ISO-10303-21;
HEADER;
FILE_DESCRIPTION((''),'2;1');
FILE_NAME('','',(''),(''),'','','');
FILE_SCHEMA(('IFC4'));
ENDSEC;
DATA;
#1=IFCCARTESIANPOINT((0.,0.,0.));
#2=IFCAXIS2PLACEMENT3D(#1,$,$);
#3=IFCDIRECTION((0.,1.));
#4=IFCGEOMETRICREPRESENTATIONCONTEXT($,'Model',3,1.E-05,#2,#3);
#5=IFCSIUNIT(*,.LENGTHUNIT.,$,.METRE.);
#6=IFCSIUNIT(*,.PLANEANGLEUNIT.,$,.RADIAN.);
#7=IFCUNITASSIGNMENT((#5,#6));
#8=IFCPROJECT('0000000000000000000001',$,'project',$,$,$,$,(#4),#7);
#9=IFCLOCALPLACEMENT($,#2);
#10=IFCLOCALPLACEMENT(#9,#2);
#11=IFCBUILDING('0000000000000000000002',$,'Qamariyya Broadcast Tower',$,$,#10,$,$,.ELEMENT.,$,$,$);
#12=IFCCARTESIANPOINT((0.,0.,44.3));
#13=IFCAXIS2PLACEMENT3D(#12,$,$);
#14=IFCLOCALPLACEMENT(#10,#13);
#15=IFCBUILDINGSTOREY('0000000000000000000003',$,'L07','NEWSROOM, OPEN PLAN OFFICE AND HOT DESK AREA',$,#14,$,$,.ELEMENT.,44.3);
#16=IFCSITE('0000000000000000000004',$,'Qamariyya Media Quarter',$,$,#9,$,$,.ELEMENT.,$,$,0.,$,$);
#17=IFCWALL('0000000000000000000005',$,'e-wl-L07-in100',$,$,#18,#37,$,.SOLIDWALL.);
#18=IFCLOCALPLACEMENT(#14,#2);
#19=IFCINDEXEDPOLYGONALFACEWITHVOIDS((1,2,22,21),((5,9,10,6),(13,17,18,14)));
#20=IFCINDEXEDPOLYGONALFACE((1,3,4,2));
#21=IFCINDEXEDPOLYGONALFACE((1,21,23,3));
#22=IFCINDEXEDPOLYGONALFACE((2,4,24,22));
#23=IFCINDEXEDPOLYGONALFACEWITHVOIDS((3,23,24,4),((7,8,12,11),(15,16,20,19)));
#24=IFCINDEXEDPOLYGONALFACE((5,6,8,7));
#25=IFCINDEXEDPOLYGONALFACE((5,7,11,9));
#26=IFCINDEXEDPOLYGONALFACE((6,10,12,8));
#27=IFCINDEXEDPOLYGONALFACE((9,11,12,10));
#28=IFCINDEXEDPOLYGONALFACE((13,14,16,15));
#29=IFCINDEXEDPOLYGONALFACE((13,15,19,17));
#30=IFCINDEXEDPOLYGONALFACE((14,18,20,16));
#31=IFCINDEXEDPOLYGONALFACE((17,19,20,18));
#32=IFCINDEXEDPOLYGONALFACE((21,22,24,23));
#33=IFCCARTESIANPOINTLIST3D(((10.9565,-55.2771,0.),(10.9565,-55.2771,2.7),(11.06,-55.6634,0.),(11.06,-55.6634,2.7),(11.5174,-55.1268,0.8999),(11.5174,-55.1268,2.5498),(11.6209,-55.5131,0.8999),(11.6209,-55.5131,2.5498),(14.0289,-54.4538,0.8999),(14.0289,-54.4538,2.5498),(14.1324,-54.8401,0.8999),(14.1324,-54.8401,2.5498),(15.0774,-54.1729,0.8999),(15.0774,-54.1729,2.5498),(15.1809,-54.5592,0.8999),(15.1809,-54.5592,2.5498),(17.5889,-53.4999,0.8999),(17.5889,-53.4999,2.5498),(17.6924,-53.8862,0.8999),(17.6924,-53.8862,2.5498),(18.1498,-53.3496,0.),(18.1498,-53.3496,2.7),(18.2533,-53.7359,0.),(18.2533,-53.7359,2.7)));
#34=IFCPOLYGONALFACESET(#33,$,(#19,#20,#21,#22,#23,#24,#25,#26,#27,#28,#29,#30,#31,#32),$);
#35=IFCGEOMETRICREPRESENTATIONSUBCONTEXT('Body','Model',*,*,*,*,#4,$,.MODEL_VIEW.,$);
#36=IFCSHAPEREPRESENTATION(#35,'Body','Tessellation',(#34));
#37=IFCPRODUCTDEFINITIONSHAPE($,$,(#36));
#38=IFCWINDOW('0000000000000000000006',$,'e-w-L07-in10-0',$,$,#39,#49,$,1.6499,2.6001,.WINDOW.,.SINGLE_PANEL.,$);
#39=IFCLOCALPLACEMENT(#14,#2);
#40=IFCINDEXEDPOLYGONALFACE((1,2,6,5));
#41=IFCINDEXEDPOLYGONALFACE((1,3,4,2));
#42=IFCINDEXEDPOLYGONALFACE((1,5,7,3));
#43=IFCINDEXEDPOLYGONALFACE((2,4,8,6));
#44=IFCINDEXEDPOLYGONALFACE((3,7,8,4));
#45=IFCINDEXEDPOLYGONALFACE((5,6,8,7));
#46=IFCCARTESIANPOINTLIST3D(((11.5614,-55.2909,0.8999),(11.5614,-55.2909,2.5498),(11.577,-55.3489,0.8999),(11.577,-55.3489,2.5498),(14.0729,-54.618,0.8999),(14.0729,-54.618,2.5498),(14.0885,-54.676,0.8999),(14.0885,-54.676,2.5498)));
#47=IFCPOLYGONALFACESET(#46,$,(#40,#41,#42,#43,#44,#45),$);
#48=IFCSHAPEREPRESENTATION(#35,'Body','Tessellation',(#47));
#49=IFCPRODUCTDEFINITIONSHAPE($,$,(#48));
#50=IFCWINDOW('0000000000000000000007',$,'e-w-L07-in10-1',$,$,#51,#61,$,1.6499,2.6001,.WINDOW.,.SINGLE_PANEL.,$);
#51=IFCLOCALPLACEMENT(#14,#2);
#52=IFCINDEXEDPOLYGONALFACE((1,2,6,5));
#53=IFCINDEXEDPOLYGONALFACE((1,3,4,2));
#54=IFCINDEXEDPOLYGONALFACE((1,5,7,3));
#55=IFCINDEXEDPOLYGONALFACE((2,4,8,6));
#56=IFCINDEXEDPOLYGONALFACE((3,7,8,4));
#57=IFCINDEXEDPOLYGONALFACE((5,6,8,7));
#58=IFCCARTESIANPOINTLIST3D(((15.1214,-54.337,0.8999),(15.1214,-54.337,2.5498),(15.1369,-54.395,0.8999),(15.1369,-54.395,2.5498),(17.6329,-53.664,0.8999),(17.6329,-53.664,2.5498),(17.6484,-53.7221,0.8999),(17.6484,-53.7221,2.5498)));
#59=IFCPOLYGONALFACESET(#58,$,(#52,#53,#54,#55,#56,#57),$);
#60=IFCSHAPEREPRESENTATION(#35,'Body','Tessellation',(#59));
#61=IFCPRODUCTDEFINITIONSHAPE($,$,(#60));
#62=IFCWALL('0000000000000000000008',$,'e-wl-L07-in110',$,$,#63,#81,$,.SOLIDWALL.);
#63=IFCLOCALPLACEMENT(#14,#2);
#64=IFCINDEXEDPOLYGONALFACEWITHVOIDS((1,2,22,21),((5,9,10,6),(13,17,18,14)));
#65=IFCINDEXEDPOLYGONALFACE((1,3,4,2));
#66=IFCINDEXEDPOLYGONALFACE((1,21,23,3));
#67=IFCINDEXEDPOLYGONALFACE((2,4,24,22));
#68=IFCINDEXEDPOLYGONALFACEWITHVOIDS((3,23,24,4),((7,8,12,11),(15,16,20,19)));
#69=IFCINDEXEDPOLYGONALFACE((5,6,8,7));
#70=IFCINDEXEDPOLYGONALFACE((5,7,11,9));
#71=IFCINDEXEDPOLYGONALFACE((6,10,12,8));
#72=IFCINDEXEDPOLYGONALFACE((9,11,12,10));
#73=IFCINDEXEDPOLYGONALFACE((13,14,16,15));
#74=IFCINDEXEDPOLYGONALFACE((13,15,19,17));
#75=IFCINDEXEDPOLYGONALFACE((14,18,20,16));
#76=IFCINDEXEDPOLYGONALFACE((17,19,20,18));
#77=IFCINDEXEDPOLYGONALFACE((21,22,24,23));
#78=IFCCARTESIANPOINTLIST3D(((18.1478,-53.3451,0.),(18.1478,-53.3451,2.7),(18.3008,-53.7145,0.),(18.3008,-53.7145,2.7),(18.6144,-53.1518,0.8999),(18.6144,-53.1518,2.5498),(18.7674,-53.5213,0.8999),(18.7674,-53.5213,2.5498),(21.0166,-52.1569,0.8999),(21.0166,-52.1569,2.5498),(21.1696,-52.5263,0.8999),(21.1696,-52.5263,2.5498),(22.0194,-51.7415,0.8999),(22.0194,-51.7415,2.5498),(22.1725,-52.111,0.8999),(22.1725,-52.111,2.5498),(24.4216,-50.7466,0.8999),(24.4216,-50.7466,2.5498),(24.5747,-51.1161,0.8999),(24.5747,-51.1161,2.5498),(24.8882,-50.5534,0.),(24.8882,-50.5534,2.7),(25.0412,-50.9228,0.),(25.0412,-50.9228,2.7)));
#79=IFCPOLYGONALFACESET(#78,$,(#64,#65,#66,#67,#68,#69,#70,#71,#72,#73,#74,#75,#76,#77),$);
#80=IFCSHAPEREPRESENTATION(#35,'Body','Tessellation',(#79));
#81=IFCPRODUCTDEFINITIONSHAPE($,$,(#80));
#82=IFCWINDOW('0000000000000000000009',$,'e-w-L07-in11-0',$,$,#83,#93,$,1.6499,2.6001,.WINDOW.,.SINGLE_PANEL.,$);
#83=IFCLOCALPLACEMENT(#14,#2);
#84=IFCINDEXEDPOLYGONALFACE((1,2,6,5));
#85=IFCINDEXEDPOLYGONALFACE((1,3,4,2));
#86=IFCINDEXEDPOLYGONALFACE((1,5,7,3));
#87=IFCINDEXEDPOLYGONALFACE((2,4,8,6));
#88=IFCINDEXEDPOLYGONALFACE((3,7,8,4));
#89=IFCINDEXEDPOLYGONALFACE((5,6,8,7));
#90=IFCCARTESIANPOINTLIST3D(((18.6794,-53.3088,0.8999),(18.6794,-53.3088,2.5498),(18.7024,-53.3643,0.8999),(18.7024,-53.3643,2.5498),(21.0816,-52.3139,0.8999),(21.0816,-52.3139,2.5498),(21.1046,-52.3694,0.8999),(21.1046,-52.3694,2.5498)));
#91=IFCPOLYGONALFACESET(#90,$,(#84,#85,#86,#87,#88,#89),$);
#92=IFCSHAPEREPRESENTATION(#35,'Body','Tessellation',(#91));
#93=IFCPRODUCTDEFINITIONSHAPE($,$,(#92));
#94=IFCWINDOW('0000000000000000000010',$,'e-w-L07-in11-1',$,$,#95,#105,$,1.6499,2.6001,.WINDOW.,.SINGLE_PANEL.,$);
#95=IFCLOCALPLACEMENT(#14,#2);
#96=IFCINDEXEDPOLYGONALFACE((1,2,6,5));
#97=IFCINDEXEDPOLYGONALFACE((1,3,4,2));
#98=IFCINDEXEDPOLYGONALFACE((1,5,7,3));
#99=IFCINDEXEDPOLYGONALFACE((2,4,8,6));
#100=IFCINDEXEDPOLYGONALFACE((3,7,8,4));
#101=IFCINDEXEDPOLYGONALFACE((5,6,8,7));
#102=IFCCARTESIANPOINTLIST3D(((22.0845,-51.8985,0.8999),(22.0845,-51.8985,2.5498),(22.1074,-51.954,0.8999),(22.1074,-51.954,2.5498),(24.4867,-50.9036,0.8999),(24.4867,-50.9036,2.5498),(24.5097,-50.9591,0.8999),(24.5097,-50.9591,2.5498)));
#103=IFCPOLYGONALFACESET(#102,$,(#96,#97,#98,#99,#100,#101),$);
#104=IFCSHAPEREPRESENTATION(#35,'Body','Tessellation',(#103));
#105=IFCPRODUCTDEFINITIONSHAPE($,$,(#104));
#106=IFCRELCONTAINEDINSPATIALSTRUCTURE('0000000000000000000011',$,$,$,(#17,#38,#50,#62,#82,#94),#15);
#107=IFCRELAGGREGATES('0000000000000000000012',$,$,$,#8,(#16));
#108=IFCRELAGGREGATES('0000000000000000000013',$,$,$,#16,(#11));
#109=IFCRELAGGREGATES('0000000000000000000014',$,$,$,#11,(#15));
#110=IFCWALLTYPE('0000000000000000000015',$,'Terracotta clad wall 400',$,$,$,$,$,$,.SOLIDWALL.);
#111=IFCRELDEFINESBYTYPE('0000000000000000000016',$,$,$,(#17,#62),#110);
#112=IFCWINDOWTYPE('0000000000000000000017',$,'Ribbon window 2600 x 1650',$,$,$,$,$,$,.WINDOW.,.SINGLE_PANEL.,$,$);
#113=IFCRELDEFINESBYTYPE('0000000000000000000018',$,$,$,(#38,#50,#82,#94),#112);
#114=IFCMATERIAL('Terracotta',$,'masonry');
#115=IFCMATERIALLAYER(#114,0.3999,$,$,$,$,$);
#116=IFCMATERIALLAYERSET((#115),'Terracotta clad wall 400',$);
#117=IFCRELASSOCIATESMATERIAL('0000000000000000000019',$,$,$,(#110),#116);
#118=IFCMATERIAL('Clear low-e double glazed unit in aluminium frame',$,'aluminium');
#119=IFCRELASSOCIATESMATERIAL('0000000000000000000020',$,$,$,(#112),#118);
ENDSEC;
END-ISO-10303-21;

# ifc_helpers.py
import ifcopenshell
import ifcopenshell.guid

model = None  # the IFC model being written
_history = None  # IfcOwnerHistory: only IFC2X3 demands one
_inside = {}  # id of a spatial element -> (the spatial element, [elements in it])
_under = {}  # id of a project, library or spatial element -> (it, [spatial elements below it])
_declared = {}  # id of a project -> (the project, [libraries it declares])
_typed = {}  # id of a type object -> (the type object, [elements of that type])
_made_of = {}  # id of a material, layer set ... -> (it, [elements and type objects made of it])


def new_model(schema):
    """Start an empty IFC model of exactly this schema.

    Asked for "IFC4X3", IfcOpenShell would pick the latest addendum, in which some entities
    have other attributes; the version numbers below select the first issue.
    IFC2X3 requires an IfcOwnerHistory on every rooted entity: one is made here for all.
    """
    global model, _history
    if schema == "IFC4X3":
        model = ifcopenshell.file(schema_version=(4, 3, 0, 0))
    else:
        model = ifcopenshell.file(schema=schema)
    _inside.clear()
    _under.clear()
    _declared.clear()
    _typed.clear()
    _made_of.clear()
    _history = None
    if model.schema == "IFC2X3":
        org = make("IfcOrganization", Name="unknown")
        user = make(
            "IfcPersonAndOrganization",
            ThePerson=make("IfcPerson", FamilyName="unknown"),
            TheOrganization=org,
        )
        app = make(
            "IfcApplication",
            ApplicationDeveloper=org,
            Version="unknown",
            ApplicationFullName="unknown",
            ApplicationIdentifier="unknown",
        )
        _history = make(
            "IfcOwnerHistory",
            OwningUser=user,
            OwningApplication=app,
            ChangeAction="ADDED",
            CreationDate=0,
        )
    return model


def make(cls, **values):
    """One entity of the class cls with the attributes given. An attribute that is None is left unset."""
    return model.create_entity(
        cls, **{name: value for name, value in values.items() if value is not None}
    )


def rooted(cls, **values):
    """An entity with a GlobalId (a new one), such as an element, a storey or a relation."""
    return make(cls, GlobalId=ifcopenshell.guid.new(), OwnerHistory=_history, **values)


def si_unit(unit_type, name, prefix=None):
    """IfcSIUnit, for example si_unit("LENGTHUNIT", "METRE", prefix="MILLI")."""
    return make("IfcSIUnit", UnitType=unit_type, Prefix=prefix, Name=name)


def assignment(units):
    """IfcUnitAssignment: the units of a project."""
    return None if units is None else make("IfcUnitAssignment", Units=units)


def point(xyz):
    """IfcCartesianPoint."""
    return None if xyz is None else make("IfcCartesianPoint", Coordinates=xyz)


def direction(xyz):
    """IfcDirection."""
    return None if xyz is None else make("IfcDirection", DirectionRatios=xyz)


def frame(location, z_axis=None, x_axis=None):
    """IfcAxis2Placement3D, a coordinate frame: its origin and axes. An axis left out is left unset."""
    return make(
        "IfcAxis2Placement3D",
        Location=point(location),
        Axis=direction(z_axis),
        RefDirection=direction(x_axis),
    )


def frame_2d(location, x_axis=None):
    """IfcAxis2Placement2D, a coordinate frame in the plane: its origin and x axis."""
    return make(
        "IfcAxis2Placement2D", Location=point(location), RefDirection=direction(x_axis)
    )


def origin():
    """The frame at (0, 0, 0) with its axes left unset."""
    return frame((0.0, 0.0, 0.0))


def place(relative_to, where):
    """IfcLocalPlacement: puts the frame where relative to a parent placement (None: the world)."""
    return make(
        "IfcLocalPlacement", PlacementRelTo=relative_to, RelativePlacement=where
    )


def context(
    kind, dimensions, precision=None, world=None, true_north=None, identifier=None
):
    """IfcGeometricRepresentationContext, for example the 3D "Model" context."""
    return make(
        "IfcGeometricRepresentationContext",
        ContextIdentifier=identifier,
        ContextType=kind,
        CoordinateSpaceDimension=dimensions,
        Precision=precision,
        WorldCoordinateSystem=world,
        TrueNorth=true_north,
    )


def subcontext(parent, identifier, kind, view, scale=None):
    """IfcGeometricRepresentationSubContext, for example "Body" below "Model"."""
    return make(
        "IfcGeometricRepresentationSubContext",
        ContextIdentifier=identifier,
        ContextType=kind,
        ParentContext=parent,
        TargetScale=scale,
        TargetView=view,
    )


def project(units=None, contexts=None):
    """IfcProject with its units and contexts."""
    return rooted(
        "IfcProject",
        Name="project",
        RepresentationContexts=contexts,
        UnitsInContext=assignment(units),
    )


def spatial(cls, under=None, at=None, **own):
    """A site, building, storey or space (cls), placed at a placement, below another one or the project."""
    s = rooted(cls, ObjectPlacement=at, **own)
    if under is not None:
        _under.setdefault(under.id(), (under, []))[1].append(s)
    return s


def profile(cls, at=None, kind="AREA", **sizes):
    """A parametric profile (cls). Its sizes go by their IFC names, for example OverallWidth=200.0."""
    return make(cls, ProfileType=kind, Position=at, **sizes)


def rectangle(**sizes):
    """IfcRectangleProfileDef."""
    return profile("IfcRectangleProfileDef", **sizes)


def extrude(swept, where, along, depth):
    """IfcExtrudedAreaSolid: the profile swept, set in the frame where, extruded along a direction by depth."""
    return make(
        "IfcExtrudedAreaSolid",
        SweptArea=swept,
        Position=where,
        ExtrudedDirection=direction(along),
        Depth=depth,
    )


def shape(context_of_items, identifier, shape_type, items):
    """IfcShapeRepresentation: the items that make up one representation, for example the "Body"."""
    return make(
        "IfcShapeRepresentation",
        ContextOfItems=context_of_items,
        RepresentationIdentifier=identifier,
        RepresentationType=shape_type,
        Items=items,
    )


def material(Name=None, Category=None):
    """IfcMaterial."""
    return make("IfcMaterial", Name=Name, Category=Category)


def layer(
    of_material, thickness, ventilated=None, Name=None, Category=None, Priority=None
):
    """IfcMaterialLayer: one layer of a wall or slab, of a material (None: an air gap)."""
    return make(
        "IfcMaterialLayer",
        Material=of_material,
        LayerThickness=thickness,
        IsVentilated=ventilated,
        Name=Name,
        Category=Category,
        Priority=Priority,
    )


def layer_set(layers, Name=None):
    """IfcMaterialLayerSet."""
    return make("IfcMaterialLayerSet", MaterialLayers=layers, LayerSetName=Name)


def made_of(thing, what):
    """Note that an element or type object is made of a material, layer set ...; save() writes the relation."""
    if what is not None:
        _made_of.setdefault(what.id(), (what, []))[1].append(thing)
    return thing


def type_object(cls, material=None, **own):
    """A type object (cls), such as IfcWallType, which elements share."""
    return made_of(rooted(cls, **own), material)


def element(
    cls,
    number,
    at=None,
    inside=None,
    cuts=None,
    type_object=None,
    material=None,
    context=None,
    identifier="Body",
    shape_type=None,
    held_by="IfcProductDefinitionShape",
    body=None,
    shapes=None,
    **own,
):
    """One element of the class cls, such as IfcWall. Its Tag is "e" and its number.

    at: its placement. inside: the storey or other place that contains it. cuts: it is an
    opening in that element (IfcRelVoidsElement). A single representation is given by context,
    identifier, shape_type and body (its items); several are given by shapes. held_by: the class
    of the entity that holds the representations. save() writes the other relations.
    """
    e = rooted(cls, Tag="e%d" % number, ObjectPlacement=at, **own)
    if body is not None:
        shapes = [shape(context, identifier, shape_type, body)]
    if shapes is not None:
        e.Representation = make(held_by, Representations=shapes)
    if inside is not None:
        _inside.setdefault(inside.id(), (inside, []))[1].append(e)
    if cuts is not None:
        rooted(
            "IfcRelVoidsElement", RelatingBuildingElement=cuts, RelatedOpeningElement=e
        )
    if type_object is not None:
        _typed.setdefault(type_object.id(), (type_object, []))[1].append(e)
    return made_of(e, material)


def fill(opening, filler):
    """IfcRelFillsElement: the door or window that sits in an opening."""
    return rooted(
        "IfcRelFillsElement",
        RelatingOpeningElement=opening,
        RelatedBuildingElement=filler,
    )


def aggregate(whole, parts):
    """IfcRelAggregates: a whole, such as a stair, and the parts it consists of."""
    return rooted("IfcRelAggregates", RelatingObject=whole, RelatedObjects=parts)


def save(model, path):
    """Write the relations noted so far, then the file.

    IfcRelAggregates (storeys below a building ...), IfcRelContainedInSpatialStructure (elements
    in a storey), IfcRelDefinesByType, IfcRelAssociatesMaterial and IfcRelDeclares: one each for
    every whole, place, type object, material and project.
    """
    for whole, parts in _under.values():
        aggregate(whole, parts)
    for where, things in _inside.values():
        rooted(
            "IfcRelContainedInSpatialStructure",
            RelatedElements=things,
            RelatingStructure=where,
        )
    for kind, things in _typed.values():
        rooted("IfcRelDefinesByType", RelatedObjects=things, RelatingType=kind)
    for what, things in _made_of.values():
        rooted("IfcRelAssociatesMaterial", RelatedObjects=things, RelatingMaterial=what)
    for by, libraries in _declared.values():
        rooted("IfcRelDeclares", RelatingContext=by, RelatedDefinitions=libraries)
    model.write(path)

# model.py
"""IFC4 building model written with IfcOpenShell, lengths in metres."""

from ifc_helpers import new_model, si_unit, direction, frame, frame_2d, origin, place, context, subcontext, project, spatial, rectangle, extrude, material, layer, layer_set, type_object, element, fill, save


model = new_model("IFC4")

# Units and contexts
model_context = context("Model", 3, precision=1e-05, world=origin(), true_north=direction((0.0, 1.0)))
body_context = subcontext(model_context, "Body", "Model", "MODEL_VIEW")
ifc_project = project(units=[si_unit("LENGTHUNIT", "METRE"), si_unit("PLANEANGLEUNIT", "RADIAN")], contexts=[model_context])

# Site, building, storey
site_placement = place(None, origin())
site = spatial("IfcSite", under=ifc_project, at=site_placement, Name="Qamariyya Media Quarter", CompositionType="ELEMENT", RefElevation=0.0)
building_placement = place(site_placement, origin())
building = spatial("IfcBuilding", under=site, at=building_placement, Name="Qamariyya Broadcast Tower", CompositionType="ELEMENT")
storey_placement = place(building_placement, frame((0.0, 0.0, 44.3)))
storey = spatial("IfcBuildingStorey", under=building, at=storey_placement, Name="L07", Description="NEWSROOM, OPEN PLAN OFFICE AND HOT DESK AREA", CompositionType="ELEMENT", Elevation=44.3)

# Walls, openings, windows
ifc_material_1 = material(Name="Terracotta", Category="masonry")
ifc_layer_1 = layer(ifc_material_1, 0.3999)
ifc_layer_set_1 = layer_set([ifc_layer_1], Name="Terracotta clad wall 400")
wall_type_1 = type_object("IfcWallType", Name="Terracotta clad wall 400", PredefinedType="SOLIDWALL", material=ifc_layer_set_1)
wall_1_placement = place(storey_placement, frame((18.2017, -53.5427, 0.0), z_axis=(0.0, 0.0, 1.0), x_axis=(-0.965925, -0.258823, 0.0)))
wall_1 = element("IfcWall", 1, at=wall_1_placement, inside=storey, type_object=wall_type_1, Name="e-wl-L07-in100", PredefinedType="SOLIDWALL", context=body_context, shape_type="SweptSolid", body=[
    extrude(rectangle(XDim=7.447, YDim=0.3999, at=frame_2d((3.7236, 0.0))), origin(), (0.0, 0.0, 1.0), 2.7),
])
opening_1_placement = place(wall_1_placement, frame((4.2664, 0.0, 0.8999)))
opening_1 = element("IfcOpeningElement", 2, at=opening_1_placement, cuts=wall_1, PredefinedType="OPENING", context=body_context, shape_type="SweptSolid", body=[
    extrude(rectangle(XDim=2.6001, YDim=1.6499, at=frame_2d((1.3, 0.825))), frame((0.0, 0.21, 0.0), z_axis=(0.0, -1.0, 0.0), x_axis=(1.0, 0.0, 0.0)), (0.0, 0.0, 1.0), 0.4199),
])
opening_2_placement = place(wall_1_placement, frame((0.5808, 0.0, 0.8999)))
opening_2 = element("IfcOpeningElement", 3, at=opening_2_placement, cuts=wall_1, PredefinedType="OPENING", context=body_context, shape_type="SweptSolid", body=[
    extrude(rectangle(XDim=2.6001, YDim=1.6499, at=frame_2d((1.3, 0.825))), frame((0.0, 0.21, 0.0), z_axis=(0.0, -1.0, 0.0), x_axis=(1.0, 0.0, 0.0)), (0.0, 0.0, 1.0), 0.4199),
])
ifc_material_2 = material(Name="Clear low-e double glazed unit in aluminium frame", Category="aluminium")
window_type = type_object("IfcWindowType", Name="Ribbon window 2600 x 1650", PartitioningType="SINGLE_PANEL", PredefinedType="WINDOW", material=ifc_material_2)
window_1_placement = place(opening_1_placement, origin())
window_1 = element("IfcWindow", 4, at=window_1_placement, inside=storey, type_object=window_type, Name="e-w-L07-in10-0", OverallHeight=1.6499, OverallWidth=2.6001, PartitioningType="SINGLE_PANEL", PredefinedType="WINDOW", context=body_context, shape_type="SweptSolid", body=[
    extrude(rectangle(XDim=2.6001, YDim=1.6499, at=frame_2d((1.3, 0.825))), frame((0.0, 0.03, 0.0), z_axis=(0.0, -1.0, 0.0), x_axis=(1.0, 0.0, 0.0)), (0.0, 0.0, 1.0), 0.0601),
])
fill(opening_1, window_1)
window_2_placement = place(opening_2_placement, origin())
window_2 = element("IfcWindow", 5, at=window_2_placement, inside=storey, type_object=window_type, Name="e-w-L07-in10-1", OverallHeight=1.6499, OverallWidth=2.6001, PartitioningType="SINGLE_PANEL", PredefinedType="WINDOW", context=body_context, shape_type="SweptSolid", body=[
    extrude(rectangle(XDim=2.6001, YDim=1.6499, at=frame_2d((1.3, 0.825))), frame((0.0, 0.03, 0.0), z_axis=(0.0, -1.0, 0.0), x_axis=(1.0, 0.0, 0.0)), (0.0, 0.0, 1.0), 0.0601),
])
fill(opening_2, window_2)
wall_2_placement = place(storey_placement, frame((24.9648, -50.738, 0.0), z_axis=(0.0, 0.0, 1.0), x_axis=(-0.923892, -0.382654, 0.0)))
wall_2 = element("IfcWall", 6, at=wall_2_placement, inside=storey, type_object=wall_type_1, Name="e-wl-L07-in110", PredefinedType="SOLIDWALL", context=body_context, shape_type="SweptSolid", body=[
    extrude(rectangle(XDim=7.2957, YDim=0.3999, at=frame_2d((3.6479, 0.0))), origin(), (0.0, 0.0, 1.0), 2.7),
])
opening_3_placement = place(wall_2_placement, frame((4.1907, 0.0, 0.8999)))
opening_3 = element("IfcOpeningElement", 7, at=opening_3_placement, cuts=wall_2, PredefinedType="OPENING", context=body_context, shape_type="SweptSolid", body=[
    extrude(rectangle(XDim=2.6001, YDim=1.6499, at=frame_2d((1.3, 0.825))), frame((0.0, 0.21, 0.0), z_axis=(0.0, -1.0, 0.0), x_axis=(1.0, 0.0, 0.0)), (0.0, 0.0, 1.0), 0.4199),
])
opening_4_placement = place(wall_2_placement, frame((0.5051, 0.0, 0.8999)))
opening_4 = element("IfcOpeningElement", 8, at=opening_4_placement, cuts=wall_2, PredefinedType="OPENING", context=body_context, shape_type="SweptSolid", body=[
    extrude(rectangle(XDim=2.6001, YDim=1.6499, at=frame_2d((1.3, 0.825))), frame((0.0, 0.21, 0.0), z_axis=(0.0, -1.0, 0.0), x_axis=(1.0, 0.0, 0.0)), (0.0, 0.0, 1.0), 0.4199),
])
window_3_placement = place(opening_3_placement, origin())
window_3 = element("IfcWindow", 9, at=window_3_placement, inside=storey, type_object=window_type, Name="e-w-L07-in11-0", OverallHeight=1.6499, OverallWidth=2.6001, PartitioningType="SINGLE_PANEL", PredefinedType="WINDOW", context=body_context, shape_type="SweptSolid", body=[
    extrude(rectangle(XDim=2.6001, YDim=1.6499, at=frame_2d((1.3, 0.825))), frame((0.0, 0.03, 0.0), z_axis=(0.0, -1.0, 0.0), x_axis=(1.0, 0.0, 0.0)), (0.0, 0.0, 1.0), 0.0601),
])
fill(opening_3, window_3)
window_4_placement = place(opening_4_placement, origin())
window_4 = element("IfcWindow", 10, at=window_4_placement, inside=storey, type_object=window_type, Name="e-w-L07-in11-1", OverallHeight=1.6499, OverallWidth=2.6001, PartitioningType="SINGLE_PANEL", PredefinedType="WINDOW", context=body_context, shape_type="SweptSolid", body=[
    extrude(rectangle(XDim=2.6001, YDim=1.6499, at=frame_2d((1.3, 0.825))), frame((0.0, 0.03, 0.0), z_axis=(0.0, -1.0, 0.0), x_axis=(1.0, 0.0, 0.0)), (0.0, 0.0, 1.0), 0.0601),
])
fill(opening_4, window_4)

save(model, "model.ifc")
